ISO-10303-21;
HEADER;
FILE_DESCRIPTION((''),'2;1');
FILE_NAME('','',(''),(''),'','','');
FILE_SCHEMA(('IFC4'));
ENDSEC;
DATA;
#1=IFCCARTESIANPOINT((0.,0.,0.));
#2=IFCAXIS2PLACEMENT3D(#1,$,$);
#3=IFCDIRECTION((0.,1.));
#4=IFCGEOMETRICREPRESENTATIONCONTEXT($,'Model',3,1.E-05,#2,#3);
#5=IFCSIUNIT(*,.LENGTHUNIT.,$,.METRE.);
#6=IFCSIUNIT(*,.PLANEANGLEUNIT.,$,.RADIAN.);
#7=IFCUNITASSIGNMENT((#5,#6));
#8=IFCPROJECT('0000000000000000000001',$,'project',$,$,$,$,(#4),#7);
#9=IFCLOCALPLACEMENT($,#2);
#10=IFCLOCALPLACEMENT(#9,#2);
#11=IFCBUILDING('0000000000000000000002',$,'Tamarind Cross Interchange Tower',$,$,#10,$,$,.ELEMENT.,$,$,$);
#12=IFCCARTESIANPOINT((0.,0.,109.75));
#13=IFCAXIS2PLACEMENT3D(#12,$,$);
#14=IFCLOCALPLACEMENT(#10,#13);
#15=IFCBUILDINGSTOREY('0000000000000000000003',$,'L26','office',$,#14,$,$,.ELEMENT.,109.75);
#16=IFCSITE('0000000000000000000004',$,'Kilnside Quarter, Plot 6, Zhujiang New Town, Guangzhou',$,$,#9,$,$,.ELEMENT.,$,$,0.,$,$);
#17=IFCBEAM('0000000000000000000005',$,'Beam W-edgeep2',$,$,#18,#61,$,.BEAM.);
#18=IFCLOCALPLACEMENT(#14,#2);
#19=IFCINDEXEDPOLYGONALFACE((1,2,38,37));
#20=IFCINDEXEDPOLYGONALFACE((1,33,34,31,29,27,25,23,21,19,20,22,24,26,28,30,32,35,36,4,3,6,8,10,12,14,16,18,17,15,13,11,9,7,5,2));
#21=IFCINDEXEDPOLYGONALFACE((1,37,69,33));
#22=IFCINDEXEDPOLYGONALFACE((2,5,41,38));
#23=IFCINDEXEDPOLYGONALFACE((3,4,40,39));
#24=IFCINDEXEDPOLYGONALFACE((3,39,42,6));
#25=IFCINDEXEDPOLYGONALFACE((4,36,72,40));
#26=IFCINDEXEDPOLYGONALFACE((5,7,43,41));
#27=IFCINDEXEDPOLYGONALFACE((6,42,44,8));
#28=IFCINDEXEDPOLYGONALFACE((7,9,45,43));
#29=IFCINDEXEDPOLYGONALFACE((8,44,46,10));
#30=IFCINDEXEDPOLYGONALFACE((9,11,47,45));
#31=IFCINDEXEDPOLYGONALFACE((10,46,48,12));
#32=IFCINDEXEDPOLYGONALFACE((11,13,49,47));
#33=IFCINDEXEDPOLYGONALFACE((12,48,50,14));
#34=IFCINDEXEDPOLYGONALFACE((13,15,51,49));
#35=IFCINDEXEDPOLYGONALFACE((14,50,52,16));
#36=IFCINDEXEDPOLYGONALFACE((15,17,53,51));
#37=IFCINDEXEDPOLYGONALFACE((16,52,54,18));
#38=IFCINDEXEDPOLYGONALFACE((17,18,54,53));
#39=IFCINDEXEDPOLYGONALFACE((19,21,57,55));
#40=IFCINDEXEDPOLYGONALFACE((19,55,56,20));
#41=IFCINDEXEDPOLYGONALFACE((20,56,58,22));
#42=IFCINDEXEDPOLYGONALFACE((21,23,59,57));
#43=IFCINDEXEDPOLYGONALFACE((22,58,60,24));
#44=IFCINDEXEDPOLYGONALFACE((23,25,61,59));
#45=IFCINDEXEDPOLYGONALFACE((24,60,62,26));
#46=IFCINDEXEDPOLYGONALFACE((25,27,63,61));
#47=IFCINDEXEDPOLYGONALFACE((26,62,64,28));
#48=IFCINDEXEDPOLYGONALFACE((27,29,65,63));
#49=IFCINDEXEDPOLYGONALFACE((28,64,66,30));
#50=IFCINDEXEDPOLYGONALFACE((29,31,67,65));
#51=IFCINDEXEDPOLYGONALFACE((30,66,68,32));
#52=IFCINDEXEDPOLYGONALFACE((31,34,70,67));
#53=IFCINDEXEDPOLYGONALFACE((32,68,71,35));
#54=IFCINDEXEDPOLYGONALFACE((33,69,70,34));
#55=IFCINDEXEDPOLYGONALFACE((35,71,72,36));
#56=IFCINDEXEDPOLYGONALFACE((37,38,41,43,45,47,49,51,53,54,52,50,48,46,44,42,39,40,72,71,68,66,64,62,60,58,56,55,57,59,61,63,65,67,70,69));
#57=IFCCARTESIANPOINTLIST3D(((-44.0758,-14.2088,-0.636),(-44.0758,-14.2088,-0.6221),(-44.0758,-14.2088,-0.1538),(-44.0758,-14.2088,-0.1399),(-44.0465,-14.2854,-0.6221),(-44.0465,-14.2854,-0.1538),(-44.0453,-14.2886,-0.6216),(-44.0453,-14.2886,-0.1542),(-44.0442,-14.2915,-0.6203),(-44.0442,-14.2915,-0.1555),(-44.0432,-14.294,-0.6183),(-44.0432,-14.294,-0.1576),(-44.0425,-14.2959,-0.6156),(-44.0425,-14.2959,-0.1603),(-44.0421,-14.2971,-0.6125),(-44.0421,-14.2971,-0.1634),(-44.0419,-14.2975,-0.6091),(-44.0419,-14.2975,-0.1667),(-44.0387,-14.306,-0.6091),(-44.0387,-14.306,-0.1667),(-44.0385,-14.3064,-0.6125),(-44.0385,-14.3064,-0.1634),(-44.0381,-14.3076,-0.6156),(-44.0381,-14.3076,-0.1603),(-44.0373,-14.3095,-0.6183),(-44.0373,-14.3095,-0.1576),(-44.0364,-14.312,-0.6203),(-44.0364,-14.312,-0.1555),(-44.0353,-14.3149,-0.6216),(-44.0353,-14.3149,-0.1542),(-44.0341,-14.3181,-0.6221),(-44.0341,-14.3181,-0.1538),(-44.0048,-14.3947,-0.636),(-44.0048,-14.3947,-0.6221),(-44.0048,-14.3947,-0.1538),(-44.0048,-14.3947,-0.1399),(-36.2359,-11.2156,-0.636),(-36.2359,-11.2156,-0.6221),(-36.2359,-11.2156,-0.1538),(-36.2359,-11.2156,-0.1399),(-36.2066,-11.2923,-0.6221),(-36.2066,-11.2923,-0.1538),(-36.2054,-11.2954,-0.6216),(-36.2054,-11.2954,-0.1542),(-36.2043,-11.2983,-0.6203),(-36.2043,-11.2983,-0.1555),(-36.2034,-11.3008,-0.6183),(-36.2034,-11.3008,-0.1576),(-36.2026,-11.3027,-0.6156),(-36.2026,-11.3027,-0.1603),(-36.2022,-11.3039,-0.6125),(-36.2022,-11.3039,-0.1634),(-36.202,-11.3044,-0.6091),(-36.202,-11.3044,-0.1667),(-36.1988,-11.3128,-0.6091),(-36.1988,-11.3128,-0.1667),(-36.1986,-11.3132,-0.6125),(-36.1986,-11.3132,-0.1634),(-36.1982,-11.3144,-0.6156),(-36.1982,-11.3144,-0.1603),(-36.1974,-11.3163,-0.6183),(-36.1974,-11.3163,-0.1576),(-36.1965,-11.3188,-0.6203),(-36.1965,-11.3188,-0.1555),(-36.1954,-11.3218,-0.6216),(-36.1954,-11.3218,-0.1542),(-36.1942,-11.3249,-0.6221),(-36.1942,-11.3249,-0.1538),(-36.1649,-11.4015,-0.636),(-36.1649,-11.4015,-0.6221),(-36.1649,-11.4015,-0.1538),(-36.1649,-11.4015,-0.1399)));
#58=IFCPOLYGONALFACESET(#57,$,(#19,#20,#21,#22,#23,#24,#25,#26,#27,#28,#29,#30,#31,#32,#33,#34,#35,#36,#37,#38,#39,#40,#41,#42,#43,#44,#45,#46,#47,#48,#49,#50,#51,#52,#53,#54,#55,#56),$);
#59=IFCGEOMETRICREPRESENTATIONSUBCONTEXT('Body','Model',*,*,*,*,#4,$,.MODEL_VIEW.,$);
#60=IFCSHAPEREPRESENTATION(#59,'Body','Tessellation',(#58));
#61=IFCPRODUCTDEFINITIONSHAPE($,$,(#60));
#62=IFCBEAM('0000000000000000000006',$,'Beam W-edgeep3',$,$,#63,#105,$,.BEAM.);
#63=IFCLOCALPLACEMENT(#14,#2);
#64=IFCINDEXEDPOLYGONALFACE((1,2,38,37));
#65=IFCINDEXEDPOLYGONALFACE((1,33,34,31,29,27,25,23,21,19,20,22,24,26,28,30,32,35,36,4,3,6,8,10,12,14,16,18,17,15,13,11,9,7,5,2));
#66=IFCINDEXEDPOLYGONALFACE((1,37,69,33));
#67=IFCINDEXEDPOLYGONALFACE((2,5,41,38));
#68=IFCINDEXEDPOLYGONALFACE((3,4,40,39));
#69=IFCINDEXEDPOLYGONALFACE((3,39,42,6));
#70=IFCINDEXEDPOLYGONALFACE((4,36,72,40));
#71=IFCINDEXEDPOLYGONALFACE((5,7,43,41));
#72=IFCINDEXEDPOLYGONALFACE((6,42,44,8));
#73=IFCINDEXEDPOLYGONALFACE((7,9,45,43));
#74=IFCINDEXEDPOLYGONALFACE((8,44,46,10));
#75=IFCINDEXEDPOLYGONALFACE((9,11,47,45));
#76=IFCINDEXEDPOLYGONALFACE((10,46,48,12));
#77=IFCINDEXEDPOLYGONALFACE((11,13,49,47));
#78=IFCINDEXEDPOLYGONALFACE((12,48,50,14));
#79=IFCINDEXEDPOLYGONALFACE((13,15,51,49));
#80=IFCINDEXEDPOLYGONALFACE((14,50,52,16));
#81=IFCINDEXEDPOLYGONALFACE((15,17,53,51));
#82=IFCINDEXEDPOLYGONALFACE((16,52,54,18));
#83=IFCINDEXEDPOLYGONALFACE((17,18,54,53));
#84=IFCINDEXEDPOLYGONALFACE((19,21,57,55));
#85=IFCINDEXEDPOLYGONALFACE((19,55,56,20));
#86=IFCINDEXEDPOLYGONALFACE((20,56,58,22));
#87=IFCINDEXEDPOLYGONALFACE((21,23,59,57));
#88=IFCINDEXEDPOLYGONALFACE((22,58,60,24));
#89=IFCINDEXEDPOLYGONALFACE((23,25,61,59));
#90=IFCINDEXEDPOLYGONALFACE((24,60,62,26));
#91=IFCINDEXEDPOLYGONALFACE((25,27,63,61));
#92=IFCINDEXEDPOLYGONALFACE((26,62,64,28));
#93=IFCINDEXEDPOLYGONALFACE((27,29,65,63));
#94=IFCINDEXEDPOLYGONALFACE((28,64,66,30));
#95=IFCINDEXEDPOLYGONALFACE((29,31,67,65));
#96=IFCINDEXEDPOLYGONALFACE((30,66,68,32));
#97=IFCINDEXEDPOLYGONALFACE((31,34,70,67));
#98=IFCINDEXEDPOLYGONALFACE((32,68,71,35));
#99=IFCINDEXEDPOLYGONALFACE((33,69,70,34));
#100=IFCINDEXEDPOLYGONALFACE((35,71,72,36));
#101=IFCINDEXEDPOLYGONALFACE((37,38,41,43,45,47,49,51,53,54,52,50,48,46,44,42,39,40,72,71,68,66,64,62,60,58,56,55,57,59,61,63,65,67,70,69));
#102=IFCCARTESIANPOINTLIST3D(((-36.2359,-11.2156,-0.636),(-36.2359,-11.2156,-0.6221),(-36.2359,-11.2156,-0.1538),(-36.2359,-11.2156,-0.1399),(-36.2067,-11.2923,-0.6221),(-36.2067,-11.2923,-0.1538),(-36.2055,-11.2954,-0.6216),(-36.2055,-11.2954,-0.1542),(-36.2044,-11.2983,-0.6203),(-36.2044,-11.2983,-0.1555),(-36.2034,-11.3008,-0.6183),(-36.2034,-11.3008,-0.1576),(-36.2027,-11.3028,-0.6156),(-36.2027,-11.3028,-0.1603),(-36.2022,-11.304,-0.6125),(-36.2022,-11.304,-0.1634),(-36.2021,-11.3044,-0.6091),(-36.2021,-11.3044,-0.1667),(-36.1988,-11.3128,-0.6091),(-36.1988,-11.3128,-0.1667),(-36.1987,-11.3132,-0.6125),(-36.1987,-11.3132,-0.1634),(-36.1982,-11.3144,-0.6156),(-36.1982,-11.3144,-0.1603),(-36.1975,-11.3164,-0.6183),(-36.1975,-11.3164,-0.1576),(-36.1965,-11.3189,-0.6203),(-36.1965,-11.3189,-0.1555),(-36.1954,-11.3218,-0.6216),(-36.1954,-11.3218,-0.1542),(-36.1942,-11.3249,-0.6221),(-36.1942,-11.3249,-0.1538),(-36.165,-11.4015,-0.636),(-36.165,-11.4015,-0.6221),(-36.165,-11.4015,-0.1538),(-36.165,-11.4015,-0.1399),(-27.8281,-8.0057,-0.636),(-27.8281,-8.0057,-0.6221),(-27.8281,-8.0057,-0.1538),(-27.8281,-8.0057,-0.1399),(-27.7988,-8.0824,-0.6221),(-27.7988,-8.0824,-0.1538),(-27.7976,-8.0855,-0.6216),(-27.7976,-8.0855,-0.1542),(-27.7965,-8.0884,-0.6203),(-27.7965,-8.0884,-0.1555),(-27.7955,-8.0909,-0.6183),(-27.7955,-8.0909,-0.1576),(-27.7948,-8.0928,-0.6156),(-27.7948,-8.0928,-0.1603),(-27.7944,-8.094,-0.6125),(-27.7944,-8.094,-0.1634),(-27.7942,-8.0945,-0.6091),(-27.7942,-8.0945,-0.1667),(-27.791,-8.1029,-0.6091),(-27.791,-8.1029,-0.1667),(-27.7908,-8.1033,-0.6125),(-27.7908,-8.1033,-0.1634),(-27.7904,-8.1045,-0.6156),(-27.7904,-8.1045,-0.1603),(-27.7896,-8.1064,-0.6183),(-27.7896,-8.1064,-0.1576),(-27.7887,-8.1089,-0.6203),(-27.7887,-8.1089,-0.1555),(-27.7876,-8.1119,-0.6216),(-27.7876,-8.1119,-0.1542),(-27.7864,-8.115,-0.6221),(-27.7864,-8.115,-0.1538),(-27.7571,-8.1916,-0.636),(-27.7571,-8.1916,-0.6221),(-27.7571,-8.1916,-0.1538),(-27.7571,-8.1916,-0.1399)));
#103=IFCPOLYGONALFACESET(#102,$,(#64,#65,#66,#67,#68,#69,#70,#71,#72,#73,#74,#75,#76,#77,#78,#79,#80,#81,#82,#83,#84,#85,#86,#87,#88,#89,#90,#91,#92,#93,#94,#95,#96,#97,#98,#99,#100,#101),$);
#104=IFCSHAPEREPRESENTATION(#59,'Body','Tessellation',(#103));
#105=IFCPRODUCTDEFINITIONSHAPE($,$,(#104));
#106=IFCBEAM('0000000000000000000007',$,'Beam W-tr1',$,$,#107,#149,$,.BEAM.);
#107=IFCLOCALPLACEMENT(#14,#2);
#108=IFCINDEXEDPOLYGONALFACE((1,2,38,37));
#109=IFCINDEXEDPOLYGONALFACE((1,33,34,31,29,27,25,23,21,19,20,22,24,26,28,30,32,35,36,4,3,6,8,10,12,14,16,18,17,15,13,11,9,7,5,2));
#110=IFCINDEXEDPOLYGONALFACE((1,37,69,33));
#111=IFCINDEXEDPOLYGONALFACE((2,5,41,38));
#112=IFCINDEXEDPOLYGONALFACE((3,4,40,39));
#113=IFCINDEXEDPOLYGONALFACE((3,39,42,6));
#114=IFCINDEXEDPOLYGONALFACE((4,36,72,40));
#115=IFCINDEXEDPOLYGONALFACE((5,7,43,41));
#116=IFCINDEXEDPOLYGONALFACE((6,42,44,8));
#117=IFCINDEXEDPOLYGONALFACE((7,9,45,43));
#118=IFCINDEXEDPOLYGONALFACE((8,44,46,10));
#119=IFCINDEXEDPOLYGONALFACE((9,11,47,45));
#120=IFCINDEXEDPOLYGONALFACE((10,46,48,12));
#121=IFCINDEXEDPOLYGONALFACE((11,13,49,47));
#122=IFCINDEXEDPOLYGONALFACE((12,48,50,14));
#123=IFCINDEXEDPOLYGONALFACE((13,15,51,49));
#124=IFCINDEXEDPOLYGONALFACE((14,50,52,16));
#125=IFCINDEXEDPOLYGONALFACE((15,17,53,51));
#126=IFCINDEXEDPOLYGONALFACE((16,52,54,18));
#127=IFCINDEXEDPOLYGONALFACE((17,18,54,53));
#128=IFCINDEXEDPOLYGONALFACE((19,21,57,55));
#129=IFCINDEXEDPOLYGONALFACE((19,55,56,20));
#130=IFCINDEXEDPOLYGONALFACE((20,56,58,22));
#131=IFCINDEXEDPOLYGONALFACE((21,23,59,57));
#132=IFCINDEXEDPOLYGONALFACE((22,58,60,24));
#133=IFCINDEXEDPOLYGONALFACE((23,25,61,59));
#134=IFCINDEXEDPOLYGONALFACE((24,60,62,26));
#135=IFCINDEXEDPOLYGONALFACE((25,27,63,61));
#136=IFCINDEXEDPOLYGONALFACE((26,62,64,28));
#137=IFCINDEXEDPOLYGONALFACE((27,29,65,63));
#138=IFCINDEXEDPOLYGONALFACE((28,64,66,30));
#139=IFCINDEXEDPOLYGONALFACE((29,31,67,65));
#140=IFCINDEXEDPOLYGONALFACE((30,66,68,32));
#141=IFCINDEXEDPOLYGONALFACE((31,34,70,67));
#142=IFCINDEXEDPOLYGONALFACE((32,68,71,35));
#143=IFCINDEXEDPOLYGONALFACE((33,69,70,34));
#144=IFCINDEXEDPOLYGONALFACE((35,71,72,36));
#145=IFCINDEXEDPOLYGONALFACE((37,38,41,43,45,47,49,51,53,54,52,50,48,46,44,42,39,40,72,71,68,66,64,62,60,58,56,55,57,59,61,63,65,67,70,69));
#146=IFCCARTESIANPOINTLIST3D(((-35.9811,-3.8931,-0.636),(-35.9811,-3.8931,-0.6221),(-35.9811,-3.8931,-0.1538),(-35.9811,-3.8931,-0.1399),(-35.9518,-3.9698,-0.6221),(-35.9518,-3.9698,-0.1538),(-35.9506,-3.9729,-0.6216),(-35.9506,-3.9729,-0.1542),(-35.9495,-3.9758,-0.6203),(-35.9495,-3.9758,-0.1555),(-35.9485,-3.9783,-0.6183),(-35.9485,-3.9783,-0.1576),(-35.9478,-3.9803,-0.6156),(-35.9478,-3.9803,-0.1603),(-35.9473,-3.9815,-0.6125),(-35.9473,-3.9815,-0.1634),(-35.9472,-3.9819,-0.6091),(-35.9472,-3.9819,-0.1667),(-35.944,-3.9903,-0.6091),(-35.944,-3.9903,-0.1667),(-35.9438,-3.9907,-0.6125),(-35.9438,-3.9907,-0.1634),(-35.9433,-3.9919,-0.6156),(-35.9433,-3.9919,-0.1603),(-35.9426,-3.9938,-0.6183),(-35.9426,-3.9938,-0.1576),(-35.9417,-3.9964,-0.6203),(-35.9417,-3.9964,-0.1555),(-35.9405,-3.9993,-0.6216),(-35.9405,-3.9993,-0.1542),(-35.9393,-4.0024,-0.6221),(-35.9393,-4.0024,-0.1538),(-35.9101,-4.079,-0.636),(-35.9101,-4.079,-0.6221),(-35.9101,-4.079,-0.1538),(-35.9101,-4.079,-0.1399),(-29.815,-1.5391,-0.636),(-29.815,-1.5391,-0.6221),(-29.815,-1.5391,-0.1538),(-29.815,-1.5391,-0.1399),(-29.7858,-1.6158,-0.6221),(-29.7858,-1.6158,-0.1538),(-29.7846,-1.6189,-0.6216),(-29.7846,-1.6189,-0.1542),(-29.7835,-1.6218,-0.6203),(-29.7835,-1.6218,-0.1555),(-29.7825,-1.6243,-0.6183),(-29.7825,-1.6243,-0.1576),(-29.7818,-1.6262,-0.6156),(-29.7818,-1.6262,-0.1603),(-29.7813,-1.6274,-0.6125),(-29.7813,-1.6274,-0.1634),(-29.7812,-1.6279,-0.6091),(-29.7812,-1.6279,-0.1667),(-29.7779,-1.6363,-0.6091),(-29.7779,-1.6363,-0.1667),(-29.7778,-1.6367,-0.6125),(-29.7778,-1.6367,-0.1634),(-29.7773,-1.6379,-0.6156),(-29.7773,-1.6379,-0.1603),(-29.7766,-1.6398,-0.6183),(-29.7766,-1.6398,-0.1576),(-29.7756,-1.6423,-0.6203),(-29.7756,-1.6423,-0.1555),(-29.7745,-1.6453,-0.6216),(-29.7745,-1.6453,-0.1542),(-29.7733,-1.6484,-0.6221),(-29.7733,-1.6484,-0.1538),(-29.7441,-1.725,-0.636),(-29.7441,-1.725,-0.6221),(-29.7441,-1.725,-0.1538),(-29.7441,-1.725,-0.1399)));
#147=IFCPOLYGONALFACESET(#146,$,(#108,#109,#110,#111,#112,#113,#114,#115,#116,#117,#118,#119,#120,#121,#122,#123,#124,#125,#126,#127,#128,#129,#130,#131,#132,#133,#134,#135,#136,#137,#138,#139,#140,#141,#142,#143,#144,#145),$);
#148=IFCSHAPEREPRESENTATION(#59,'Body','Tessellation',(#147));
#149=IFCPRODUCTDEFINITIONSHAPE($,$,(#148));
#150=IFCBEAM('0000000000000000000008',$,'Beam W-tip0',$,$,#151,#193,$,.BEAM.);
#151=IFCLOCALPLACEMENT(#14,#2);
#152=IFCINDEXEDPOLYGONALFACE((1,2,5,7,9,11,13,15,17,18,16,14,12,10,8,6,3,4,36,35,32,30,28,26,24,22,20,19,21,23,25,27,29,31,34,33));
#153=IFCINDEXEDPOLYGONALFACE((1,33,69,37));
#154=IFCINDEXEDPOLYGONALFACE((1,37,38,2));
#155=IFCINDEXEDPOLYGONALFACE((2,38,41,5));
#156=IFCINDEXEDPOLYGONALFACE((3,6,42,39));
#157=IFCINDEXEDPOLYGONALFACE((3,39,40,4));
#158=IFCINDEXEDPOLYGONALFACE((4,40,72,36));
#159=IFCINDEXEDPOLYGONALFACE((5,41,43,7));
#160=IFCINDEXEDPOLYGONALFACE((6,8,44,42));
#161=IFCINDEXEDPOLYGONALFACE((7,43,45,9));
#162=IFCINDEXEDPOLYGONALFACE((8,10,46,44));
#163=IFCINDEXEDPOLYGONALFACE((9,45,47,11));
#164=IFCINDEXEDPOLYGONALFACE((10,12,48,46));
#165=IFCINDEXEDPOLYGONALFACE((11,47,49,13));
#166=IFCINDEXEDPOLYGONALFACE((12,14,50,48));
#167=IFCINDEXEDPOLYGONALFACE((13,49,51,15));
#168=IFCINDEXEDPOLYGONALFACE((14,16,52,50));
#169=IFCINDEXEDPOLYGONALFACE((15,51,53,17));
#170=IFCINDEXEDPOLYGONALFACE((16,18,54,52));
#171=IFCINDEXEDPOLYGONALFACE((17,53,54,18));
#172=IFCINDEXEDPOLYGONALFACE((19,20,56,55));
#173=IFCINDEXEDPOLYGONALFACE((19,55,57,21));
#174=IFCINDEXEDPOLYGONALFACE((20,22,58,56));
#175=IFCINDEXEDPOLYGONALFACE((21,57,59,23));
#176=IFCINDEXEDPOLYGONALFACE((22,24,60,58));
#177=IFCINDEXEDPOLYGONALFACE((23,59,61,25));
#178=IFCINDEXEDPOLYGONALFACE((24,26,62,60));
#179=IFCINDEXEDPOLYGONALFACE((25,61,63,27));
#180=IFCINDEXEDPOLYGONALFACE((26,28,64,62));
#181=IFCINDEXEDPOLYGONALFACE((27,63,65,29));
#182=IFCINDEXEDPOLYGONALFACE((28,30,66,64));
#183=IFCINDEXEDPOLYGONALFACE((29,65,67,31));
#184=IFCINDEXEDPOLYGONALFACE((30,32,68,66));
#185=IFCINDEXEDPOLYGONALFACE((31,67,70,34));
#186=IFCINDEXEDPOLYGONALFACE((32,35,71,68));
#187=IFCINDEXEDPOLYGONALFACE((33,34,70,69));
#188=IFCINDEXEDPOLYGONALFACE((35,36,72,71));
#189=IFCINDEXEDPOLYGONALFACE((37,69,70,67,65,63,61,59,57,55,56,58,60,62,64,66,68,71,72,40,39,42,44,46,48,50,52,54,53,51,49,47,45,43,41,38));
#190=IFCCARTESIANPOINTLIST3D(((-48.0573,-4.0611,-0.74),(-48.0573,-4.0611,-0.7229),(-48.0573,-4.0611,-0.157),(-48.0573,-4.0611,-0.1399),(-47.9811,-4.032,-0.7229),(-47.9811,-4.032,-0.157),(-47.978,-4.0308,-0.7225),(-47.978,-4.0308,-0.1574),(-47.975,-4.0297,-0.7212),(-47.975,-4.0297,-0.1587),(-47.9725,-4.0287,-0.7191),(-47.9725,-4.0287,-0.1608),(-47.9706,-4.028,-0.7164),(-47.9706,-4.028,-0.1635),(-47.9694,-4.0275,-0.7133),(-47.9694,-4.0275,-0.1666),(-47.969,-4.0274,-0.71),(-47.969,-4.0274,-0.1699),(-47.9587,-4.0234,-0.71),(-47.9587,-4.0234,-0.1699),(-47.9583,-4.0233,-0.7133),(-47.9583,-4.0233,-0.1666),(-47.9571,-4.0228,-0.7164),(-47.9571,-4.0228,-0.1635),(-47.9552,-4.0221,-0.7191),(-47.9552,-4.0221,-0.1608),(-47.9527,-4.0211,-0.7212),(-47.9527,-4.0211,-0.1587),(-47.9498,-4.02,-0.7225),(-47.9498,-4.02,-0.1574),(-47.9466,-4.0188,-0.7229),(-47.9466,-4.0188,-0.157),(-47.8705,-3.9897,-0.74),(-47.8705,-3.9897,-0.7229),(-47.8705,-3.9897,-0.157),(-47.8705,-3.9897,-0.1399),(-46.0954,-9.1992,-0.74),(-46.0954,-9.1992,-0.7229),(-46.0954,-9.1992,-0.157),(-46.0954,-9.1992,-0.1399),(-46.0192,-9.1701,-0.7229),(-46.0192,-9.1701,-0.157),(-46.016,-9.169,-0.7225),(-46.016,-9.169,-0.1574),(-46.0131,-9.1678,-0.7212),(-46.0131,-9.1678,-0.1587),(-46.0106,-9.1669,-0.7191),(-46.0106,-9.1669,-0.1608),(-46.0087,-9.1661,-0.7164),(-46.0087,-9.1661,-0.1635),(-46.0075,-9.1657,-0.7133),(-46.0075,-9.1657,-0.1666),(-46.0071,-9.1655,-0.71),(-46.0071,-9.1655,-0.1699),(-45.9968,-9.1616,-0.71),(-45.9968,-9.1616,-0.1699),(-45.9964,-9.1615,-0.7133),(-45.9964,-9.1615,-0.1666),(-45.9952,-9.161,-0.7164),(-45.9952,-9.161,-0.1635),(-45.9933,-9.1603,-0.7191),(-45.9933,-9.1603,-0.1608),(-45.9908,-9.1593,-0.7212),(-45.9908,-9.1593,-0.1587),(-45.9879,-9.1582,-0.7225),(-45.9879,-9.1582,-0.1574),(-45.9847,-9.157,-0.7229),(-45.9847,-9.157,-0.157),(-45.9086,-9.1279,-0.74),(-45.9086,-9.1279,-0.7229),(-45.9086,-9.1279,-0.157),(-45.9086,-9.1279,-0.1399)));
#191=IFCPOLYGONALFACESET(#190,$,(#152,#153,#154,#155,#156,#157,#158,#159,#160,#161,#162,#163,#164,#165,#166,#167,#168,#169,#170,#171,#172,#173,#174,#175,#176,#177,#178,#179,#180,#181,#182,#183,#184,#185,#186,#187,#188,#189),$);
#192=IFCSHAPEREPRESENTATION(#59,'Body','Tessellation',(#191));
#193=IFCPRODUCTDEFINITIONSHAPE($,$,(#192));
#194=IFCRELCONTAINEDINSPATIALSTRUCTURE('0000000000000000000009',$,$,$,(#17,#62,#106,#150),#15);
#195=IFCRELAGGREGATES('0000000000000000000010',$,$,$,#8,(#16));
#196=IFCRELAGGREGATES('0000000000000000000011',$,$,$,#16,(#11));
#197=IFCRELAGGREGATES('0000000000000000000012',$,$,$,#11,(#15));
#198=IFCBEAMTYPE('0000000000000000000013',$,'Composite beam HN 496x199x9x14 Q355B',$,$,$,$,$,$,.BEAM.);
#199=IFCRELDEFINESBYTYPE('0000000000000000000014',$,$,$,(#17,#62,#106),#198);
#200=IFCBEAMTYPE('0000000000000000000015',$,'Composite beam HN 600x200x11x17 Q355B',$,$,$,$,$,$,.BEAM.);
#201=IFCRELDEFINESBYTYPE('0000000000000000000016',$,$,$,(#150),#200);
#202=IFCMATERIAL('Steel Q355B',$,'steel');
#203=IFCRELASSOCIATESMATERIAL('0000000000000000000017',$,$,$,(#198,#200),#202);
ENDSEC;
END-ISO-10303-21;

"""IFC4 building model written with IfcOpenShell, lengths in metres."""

from ifc_helpers import new_model, si_unit, direction, frame, origin, origin_2d, place, context, subcontext, project, spatial, i_section, extrude, material, material_profile, profile_set, type_object, element, save


model = new_model("IFC4")

# Units and contexts
model_context = context("Model", 3, precision=1e-05, world=origin(), true_north=direction((0.0, 1.0)))
body_context = subcontext(model_context, "Body", "Model", "MODEL_VIEW")
ifc_project = project(units=[si_unit("LENGTHUNIT", "METRE"), si_unit("PLANEANGLEUNIT", "RADIAN")], contexts=[model_context])

# Site, building, storey
site_placement = place(None, origin())
site = spatial("IfcSite", under=ifc_project, at=site_placement, Name="Kilnside Quarter, Plot 6, Zhujiang New Town, Guangzhou", CompositionType="ELEMENT", RefElevation=0.0)
building_placement = place(site_placement, origin())
building = spatial("IfcBuilding", under=site, at=building_placement, Name="Tamarind Cross Interchange Tower", CompositionType="ELEMENT")
storey_placement = place(building_placement, frame((0.0, 0.0, 109.75)))
storey = spatial("IfcBuildingStorey", under=building, at=storey_placement, Name="L26", Description="office", CompositionType="ELEMENT", Elevation=109.75)

# Beams
ifc_material_1 = material(Name="Steel Q355B", Category="steel")
ifc_material_profile_1 = material_profile(ifc_material_1, i_section(OverallWidth=0.199, OverallDepth=0.4961, WebThickness=0.009, FlangeThickness=0.0139, FilletRadius=0.0129, at=origin_2d()), Name="HN 496x199x9x14")
ifc_profile_set_1 = profile_set([ifc_material_profile_1], Name="Steel Q355B")
beam_type_1 = type_object("IfcBeamType", Name="Composite beam HN 496x199x9x14 Q355B", PredefinedType="BEAM", material=ifc_profile_set_1)
beam_1_placement = place(storey_placement, frame((-44.0403, -14.3018, -0.3879), z_axis=(0.934228, 0.356678, 0.0), x_axis=(-0.356678, 0.934228, 0.0)))
element("IfcBeam", 1, at=beam_1_placement, inside=storey, type_object=beam_type_1, Name="Beam W-edgeep2", PredefinedType="BEAM", context=body_context, shape_type="SweptSolid", body=[
    extrude(i_section(OverallWidth=0.199, OverallDepth=0.4961, WebThickness=0.009, FlangeThickness=0.0139, FilletRadius=0.0129, at=origin_2d()), origin(), (0.0, 0.0, 1.0), 8.3918),
])
beam_2_placement = place(storey_placement, frame((-36.2004, -11.3086, -0.3879), z_axis=(0.934231, 0.356668, 0.0), x_axis=(-0.356668, 0.934231, 0.0)))
element("IfcBeam", 2, at=beam_2_placement, inside=storey, type_object=beam_type_1, Name="Beam W-edgeep3", PredefinedType="BEAM", context=body_context, shape_type="SweptSolid", body=[
    extrude(i_section(OverallWidth=0.199, OverallDepth=0.4961, WebThickness=0.009, FlangeThickness=0.0139, FilletRadius=0.0129, at=origin_2d()), origin(), (0.0, 0.0, 1.0), 8.9998),
])
beam_3_placement = place(storey_placement, frame((-29.7795, -1.6321, -0.3879), z_axis=(-0.934233, -0.356663, 0.0), x_axis=(0.356663, -0.934233, 0.0)))
element("IfcBeam", 3, at=beam_3_placement, inside=storey, type_object=beam_type_1, Name="Beam W-tr1", PredefinedType="BEAM", context=body_context, shape_type="SweptSolid", body=[
    extrude(i_section(OverallWidth=0.199, OverallDepth=0.4961, WebThickness=0.009, FlangeThickness=0.0139, FilletRadius=0.0129, at=origin_2d()), origin(), (0.0, 0.0, 1.0), 6.6001),
])
ifc_material_profile_2 = material_profile(ifc_material_1, i_section(OverallWidth=0.2, OverallDepth=0.6001, WebThickness=0.011, FlangeThickness=0.0171, FilletRadius=0.0129, at=origin_2d()), Name="HN 600x200x11x17")
ifc_profile_set_2 = profile_set([ifc_material_profile_2], Name="Steel Q355B")
beam_type_2 = type_object("IfcBeamType", Name="Composite beam HN 600x200x11x17 Q355B", PredefinedType="BEAM", material=ifc_profile_set_2)
for number, where, z_axis, x_axis, name in (
    (4, (-47.9639, -4.0254, -0.4399), (0.356711, -0.934215, 0.0), (0.934215, 0.356711, 0.0), "Beam W-tip0"),
):
    element("IfcBeam", number, at=place(storey_placement, frame(where, z_axis=z_axis, x_axis=x_axis)), inside=storey, type_object=beam_type_2, Name=name, PredefinedType="BEAM", context=body_context, shape_type="SweptSolid", body=[
        extrude(i_section(OverallWidth=0.2, OverallDepth=0.6001, WebThickness=0.011, FlangeThickness=0.0171, FilletRadius=0.0129, at=origin_2d()), origin(), (0.0, 0.0, 1.0), 5.5),
    ])

save(model, "model.ifc")
